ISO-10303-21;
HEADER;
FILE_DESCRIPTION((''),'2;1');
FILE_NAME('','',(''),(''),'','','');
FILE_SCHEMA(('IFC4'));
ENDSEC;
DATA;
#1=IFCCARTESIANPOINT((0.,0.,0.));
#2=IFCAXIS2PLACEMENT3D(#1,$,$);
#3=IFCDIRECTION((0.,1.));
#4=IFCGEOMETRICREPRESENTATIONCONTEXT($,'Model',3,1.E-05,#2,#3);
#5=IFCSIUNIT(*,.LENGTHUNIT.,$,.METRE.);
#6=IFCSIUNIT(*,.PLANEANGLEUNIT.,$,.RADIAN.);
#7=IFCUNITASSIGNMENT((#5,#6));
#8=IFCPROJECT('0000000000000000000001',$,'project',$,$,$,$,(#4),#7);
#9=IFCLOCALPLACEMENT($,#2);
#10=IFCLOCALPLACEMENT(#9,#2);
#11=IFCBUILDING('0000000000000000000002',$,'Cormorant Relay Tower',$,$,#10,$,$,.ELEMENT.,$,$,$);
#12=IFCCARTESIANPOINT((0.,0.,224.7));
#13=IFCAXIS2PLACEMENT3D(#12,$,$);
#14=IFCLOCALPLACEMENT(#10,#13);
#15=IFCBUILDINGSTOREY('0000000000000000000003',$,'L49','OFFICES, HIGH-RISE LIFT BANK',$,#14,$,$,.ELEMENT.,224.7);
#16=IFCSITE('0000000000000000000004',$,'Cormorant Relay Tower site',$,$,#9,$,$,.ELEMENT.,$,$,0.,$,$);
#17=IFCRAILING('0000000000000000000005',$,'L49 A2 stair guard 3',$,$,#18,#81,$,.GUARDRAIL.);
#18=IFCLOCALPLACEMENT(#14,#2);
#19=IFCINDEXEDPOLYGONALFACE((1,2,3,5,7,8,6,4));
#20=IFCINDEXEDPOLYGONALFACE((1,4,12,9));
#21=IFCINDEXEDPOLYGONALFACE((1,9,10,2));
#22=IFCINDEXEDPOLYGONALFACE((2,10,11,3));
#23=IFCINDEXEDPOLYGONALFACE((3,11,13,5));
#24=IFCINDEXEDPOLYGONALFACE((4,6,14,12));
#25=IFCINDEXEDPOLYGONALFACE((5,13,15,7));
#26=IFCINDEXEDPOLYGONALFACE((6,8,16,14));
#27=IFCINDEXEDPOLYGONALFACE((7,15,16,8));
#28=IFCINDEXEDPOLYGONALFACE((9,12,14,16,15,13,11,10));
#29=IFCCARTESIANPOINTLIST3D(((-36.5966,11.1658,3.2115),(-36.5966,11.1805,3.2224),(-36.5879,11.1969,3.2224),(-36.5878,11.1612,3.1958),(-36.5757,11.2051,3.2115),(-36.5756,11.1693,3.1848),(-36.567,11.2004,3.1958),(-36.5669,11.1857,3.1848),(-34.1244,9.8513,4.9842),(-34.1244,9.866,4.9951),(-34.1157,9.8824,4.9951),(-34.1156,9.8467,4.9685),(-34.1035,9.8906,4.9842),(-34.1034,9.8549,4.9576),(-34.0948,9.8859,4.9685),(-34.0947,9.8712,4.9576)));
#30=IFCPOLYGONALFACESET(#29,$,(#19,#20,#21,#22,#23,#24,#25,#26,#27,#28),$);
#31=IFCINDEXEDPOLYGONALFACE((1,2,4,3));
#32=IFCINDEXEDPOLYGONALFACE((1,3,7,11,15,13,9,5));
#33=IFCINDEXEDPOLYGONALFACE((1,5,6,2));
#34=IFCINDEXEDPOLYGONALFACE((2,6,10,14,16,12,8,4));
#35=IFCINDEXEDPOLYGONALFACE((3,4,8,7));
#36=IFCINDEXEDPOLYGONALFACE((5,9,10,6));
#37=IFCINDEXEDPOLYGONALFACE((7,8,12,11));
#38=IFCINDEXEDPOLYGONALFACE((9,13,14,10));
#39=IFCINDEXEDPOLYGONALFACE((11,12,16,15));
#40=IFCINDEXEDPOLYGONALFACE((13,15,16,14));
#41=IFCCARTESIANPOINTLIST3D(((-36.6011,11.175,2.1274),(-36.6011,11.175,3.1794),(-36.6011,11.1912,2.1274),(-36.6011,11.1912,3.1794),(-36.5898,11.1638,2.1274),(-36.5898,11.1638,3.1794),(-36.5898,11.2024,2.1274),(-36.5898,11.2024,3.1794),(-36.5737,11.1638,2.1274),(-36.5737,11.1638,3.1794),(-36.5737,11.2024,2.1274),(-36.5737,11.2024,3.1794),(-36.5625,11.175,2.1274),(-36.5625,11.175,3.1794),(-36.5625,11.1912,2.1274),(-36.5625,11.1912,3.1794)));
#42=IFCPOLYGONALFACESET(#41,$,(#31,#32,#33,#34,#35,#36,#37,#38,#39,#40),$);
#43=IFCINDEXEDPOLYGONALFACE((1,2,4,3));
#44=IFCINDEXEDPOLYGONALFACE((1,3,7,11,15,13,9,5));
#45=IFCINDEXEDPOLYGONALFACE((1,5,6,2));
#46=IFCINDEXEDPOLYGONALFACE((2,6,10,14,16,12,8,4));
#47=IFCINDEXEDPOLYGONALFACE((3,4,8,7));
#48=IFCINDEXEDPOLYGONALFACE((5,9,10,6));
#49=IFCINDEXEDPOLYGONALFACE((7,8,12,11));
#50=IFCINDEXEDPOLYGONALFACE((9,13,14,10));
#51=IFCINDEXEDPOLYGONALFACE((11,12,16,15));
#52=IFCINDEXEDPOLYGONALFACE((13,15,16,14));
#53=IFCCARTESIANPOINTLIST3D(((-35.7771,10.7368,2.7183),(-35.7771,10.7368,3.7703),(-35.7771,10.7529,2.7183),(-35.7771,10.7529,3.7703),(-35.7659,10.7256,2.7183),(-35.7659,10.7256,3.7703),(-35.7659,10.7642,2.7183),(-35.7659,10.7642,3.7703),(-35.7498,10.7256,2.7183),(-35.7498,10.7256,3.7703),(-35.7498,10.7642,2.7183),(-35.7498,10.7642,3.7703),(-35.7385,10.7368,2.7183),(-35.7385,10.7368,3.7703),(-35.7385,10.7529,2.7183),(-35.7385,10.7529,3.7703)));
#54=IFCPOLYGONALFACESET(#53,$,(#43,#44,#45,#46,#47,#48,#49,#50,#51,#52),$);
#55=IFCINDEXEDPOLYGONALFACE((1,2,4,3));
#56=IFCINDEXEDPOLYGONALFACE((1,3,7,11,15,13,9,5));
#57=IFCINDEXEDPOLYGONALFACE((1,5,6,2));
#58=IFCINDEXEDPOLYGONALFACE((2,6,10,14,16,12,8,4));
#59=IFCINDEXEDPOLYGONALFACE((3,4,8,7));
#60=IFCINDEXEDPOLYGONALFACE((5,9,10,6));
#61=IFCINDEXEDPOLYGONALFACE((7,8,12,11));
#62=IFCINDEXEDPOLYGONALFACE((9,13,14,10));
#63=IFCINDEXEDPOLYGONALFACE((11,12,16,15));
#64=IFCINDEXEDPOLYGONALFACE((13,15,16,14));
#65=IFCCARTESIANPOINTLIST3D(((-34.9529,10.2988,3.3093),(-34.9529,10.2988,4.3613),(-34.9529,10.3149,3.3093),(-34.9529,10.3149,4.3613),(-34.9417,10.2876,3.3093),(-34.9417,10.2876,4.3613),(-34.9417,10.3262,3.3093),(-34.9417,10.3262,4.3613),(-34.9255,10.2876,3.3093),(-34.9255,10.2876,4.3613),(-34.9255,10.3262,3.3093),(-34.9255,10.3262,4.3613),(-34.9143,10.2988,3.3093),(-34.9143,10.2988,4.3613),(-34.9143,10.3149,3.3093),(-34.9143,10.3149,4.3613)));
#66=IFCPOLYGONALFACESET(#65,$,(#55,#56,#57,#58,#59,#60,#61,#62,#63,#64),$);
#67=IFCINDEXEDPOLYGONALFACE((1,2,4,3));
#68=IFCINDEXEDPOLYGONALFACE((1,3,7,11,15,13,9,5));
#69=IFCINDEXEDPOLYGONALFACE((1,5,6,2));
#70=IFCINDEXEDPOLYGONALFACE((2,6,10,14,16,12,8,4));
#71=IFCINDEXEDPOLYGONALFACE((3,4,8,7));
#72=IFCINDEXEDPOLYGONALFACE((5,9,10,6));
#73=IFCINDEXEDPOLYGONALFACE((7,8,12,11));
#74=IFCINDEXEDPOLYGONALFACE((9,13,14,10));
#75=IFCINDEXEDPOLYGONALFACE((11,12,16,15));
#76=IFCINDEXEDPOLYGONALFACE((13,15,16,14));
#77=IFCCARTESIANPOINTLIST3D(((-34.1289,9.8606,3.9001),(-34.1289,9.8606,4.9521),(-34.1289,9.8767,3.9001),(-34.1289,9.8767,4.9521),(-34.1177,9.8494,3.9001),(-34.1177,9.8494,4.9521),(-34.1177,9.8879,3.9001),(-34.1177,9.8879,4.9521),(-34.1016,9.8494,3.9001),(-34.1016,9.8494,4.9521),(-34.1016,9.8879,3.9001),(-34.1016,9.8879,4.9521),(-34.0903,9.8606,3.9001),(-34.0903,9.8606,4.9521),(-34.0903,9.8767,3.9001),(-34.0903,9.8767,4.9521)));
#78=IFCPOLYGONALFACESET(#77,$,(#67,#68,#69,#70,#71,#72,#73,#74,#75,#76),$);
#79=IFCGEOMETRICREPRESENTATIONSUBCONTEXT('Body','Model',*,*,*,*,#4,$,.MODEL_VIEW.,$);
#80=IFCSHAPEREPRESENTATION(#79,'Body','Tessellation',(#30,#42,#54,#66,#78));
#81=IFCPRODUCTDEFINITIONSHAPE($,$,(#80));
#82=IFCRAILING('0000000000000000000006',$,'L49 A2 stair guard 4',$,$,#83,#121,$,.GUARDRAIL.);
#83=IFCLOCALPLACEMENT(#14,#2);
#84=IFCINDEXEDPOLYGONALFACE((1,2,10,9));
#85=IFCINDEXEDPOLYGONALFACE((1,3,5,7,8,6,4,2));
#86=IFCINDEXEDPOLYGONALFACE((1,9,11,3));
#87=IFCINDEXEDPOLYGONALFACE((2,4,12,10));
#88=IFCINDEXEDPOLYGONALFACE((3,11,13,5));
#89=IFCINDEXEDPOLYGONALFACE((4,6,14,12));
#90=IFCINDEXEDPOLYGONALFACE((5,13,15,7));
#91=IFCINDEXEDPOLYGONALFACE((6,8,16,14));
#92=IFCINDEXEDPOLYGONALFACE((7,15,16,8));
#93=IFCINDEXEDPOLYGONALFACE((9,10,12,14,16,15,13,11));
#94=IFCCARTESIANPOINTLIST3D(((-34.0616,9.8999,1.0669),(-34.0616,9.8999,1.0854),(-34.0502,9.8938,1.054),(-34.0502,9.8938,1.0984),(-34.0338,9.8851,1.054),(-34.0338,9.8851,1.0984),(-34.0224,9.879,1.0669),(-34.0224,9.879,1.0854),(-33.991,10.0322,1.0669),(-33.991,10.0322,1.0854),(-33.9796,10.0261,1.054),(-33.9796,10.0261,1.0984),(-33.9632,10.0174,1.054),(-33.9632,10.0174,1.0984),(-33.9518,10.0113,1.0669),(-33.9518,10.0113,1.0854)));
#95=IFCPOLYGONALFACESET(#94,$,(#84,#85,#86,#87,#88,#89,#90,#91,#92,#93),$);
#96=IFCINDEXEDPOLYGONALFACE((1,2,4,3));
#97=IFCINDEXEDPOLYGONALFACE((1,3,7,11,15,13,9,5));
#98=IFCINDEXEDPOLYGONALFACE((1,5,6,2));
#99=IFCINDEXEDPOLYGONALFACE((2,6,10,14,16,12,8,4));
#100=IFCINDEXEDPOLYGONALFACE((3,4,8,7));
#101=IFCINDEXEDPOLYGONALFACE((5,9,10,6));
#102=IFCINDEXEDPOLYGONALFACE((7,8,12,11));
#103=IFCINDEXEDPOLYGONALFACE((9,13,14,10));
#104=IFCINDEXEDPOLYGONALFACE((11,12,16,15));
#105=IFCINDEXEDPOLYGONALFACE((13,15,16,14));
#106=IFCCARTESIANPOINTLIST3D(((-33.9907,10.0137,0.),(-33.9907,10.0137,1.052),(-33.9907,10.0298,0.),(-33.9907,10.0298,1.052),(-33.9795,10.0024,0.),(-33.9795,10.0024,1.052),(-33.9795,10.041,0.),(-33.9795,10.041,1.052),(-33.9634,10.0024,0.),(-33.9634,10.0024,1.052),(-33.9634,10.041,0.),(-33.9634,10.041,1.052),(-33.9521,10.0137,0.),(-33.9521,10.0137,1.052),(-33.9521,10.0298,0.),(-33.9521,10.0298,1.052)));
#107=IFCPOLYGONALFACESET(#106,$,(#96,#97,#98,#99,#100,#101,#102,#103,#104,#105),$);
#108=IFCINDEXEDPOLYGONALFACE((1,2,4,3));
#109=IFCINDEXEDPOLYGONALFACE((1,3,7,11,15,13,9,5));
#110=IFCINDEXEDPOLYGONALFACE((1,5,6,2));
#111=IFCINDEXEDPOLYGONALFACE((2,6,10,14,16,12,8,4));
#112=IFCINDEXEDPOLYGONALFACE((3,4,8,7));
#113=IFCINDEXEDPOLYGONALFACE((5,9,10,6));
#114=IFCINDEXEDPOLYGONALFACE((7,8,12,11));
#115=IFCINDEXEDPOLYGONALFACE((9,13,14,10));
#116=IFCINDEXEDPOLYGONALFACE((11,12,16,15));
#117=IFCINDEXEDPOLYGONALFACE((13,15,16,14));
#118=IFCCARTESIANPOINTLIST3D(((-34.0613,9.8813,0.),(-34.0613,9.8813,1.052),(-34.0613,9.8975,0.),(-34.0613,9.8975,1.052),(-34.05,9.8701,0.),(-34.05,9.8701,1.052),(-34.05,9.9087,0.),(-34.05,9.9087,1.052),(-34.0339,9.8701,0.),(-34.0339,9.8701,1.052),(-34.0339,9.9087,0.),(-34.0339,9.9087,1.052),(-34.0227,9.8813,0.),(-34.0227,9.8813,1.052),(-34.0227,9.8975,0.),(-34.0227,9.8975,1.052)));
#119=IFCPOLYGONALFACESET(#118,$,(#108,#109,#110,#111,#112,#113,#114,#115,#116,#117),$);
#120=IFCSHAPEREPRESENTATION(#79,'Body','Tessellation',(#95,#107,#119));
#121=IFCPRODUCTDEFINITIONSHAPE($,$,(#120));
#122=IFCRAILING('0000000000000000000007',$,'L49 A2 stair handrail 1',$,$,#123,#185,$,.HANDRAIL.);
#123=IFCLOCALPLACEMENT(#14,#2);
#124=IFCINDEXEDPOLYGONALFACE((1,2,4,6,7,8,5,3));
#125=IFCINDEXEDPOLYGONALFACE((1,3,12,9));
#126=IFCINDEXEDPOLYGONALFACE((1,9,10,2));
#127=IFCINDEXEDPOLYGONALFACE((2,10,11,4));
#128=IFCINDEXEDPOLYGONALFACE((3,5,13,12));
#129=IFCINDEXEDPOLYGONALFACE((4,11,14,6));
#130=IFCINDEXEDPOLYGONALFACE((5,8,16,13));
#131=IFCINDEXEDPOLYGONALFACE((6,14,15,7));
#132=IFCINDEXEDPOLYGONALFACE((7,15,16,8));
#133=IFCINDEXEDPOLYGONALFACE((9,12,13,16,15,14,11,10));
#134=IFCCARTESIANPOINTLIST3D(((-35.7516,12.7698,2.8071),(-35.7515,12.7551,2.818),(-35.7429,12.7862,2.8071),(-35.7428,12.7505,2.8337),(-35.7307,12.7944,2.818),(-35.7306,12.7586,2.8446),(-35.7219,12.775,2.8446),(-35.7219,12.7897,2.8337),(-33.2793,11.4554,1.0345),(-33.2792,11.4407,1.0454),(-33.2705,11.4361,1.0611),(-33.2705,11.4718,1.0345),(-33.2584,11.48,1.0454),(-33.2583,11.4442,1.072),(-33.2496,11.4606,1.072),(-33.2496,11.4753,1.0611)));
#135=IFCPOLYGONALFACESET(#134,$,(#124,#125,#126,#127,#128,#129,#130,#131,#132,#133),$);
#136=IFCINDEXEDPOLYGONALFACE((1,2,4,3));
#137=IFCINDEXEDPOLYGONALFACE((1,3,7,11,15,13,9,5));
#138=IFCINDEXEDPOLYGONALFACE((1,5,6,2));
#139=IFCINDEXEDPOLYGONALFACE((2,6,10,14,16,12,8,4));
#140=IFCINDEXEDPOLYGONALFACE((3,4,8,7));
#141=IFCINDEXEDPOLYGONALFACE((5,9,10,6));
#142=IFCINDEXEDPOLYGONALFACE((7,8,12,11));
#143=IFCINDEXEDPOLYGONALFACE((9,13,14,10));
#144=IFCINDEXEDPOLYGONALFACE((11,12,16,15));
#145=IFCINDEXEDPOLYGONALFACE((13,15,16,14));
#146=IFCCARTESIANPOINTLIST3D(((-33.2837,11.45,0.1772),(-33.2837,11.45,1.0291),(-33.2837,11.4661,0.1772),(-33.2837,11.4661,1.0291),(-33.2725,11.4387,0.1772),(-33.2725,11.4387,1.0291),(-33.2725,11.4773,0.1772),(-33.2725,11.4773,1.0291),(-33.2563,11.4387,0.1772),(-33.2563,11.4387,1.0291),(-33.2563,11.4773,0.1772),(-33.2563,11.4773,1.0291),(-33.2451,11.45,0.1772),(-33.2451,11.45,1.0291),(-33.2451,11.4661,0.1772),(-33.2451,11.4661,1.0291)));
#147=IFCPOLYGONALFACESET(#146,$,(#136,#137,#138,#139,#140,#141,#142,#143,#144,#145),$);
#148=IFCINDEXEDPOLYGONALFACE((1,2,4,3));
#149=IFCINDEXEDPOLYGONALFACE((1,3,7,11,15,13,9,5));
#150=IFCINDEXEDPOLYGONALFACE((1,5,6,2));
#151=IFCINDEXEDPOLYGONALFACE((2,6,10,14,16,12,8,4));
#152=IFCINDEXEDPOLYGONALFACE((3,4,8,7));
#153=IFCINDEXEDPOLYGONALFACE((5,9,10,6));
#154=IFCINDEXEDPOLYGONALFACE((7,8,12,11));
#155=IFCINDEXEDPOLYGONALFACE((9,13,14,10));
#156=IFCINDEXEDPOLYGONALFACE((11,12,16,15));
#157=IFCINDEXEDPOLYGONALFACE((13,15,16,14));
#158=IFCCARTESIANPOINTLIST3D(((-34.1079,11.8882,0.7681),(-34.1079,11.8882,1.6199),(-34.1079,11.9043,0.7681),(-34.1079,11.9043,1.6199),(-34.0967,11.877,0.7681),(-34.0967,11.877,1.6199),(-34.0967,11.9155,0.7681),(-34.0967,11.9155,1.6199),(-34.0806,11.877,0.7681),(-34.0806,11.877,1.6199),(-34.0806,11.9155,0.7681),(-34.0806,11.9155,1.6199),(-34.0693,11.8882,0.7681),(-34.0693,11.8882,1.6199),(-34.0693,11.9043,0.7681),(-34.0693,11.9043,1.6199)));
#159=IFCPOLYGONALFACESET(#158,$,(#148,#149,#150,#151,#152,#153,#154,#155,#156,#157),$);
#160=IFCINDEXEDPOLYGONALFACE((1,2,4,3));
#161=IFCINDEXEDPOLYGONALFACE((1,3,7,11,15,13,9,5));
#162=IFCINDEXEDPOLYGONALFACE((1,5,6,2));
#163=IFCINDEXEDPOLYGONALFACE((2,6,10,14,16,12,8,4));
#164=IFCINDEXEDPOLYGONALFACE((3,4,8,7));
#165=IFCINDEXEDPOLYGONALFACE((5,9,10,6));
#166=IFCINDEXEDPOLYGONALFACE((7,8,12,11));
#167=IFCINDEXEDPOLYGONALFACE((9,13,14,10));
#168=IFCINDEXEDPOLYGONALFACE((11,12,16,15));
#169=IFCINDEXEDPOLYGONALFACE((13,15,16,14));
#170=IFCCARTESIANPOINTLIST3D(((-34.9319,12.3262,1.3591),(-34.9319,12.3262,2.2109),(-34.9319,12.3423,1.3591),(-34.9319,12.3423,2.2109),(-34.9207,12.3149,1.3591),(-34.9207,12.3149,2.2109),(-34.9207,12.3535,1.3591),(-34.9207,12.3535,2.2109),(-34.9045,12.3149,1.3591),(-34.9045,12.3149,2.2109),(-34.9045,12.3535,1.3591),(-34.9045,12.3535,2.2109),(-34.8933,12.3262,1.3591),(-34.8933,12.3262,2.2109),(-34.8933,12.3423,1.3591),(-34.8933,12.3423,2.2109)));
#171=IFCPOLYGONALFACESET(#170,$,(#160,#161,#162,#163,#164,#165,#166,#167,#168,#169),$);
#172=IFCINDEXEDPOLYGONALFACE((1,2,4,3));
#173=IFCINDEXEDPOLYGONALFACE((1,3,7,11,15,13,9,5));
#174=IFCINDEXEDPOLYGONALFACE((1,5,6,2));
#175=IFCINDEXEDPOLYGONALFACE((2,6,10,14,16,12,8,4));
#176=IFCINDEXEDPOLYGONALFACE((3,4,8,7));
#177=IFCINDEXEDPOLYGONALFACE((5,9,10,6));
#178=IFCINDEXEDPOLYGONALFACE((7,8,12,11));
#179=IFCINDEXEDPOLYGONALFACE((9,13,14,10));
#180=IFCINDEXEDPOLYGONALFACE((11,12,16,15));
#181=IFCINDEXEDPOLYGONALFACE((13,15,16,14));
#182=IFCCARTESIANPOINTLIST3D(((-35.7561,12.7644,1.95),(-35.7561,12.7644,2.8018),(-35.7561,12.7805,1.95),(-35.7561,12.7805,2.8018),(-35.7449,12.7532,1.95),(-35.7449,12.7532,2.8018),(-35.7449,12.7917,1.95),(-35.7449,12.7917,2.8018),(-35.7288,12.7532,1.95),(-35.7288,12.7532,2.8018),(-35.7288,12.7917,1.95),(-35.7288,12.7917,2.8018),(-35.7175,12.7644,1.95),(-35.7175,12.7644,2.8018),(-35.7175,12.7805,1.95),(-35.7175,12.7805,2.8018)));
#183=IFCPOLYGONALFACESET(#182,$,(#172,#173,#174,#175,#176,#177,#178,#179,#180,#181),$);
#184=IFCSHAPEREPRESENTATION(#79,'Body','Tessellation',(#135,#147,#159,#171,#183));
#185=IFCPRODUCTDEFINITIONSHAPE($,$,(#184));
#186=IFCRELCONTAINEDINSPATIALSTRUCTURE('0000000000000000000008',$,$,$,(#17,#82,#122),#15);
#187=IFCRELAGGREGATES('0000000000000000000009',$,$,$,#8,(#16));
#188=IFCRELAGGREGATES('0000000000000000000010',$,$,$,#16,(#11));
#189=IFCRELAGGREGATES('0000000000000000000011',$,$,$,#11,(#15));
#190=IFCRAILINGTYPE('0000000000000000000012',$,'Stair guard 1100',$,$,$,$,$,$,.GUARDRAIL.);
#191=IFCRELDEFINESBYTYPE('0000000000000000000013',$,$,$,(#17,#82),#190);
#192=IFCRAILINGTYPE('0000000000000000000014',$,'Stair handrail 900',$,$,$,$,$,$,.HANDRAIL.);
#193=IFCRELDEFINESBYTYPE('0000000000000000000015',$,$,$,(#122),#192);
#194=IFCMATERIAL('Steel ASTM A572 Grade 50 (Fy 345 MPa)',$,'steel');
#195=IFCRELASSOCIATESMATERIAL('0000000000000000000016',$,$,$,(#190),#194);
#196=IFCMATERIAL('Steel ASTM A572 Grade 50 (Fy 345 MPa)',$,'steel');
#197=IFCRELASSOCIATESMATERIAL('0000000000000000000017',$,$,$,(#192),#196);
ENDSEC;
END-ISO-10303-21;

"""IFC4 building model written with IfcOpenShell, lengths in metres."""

from ifc_helpers import new_model, si_unit, direction, frame, origin, place, context, subcontext, project, spatial, polyline, outline, extrude, material, type_object, element, save


model = new_model("IFC4")

# Units and contexts
model_context = context("Model", 3, precision=1e-05, world=origin(), true_north=direction((0.0, 1.0)))
body_context = subcontext(model_context, "Body", "Model", "MODEL_VIEW")
ifc_project = project(units=[si_unit("LENGTHUNIT", "METRE"), si_unit("PLANEANGLEUNIT", "RADIAN")], contexts=[model_context])

# Site, building, storey
site_placement = place(None, origin())
site = spatial("IfcSite", under=ifc_project, at=site_placement, Name="Cormorant Relay Tower site", CompositionType="ELEMENT", RefElevation=0.0)
building_placement = place(site_placement, origin())
building = spatial("IfcBuilding", under=site, at=building_placement, Name="Cormorant Relay Tower", CompositionType="ELEMENT")
storey_placement = place(building_placement, frame((0.0, 0.0, 224.7)))
storey = spatial("IfcBuildingStorey", under=building, at=storey_placement, Name="L49", Description="OFFICES, HIGH-RISE LIFT BANK", CompositionType="ELEMENT", Elevation=224.7)

# Railings
ifc_material_1 = material(Name="Steel ASTM A572 Grade 50 (Fy 345 MPa)", Category="steel")
railing_type_1 = type_object("IfcRailingType", Name="Stair guard 1100", PredefinedType="GUARDRAIL", material=ifc_material_1)
railing_1_placement = place(storey_placement, frame((-36.5818, 11.1831, 2.1274)))
element("IfcRailing", 1, at=railing_1_placement, inside=storey, type_object=railing_type_1, Name="L49 A2 stair guard 3", PredefinedType="GUARDRAIL", context=body_context, shape_type="SweptSolid", body=[
    extrude(outline(polyline([(0.0222, 0.0093), (0.0093, 0.0222), (-0.0093, 0.0222), (-0.0222, 0.0093), (-0.0222, -0.0093), (-0.0093, -0.0222), (0.0093, -0.0222), (0.0222, -0.0093), (0.0222, 0.0093)])), frame((0.0, 0.0, 1.0762), z_axis=(0.746001, -0.396649, 0.534931), x_axis=(0.469465, 0.882951, 0.0)), (0.0, 0.0, 1.0), 3.314),
    extrude(outline(polyline([(0.0193, 0.0081), (0.0081, 0.0193), (-0.0081, 0.0193), (-0.0193, 0.0081), (-0.0193, -0.0081), (-0.0081, -0.0193), (0.0081, -0.0193), (0.0193, -0.0081), (0.0193, 0.0081)])), origin(), (0.0, 0.0, 1.0), 1.052),
    extrude(outline(polyline([(0.0193, 0.0081), (0.0081, 0.0193), (-0.0081, 0.0193), (-0.0193, 0.0081), (-0.0193, -0.0081), (-0.0081, -0.0193), (0.0081, -0.0193), (0.0193, -0.0081), (0.0193, 0.0081)])), frame((0.824, -0.4382, 0.5908)), (0.0, 0.0, 1.0), 1.052),
    extrude(outline(polyline([(0.0193, 0.0081), (0.0081, 0.0193), (-0.0081, 0.0193), (-0.0193, 0.0081), (-0.0193, -0.0081), (-0.0081, -0.0193), (0.0081, -0.0193), (0.0193, -0.0081), (0.0193, 0.0081)])), frame((1.6482, -0.8762, 1.1819)), (0.0, 0.0, 1.0), 1.052),
    extrude(outline(polyline([(0.0193, 0.0081), (0.0081, 0.0193), (-0.0081, 0.0193), (-0.0193, 0.0081), (-0.0193, -0.0081), (-0.0081, -0.0193), (0.0081, -0.0193), (0.0193, -0.0081), (0.0193, 0.0081)])), frame((2.4722, -1.3145, 1.7727)), (0.0, 0.0, 1.0), 1.052),
])
railing_2_placement = place(storey_placement, frame((-33.9714, 10.0217, 0.0)))
element("IfcRailing", 2, at=railing_2_placement, inside=storey, type_object=railing_type_1, Name="L49 A2 stair guard 4", PredefinedType="GUARDRAIL", context=body_context, shape_type="SweptSolid", body=[
    extrude(outline(polyline([(0.0222, 0.0093), (0.0093, 0.0222), (-0.0093, 0.0222), (-0.0222, 0.0093), (-0.0222, -0.0093), (-0.0093, -0.0222), (0.0093, -0.0222), (0.0222, -0.0093), (0.0222, 0.0093)])), frame((0.0, 0.0, 1.0762), z_axis=(-0.470504, -0.882398, 0.0), x_axis=(0.882398, -0.470504, 0.0)), (0.0, 0.0, 1.0), 0.1499),
    extrude(outline(polyline([(0.0193, 0.0081), (0.0081, 0.0193), (-0.0081, 0.0193), (-0.0193, 0.0081), (-0.0193, -0.0081), (-0.0081, -0.0193), (0.0081, -0.0193), (0.0193, -0.0081), (0.0193, 0.0081)])), origin(), (0.0, 0.0, 1.0), 1.052),
    extrude(outline(polyline([(0.0193, 0.0081), (0.0081, 0.0193), (-0.0081, 0.0193), (-0.0193, 0.0081), (-0.0193, -0.0081), (-0.0081, -0.0193), (0.0081, -0.0193), (0.0193, -0.0081), (0.0193, 0.0081)])), frame((-0.0706, -0.1323, 0.0)), (0.0, 0.0, 1.0), 1.052),
])
ifc_material_2 = material(Name="Steel ASTM A572 Grade 50 (Fy 345 MPa)", Category="steel")
railing_type_2 = type_object("IfcRailingType", Name="Stair handrail 900", PredefinedType="HANDRAIL", material=ifc_material_2)
railing_3_placement = place(storey_placement, frame((-33.2644, 11.458, 0.1772)))
element("IfcRailing", 3, at=railing_3_placement, inside=storey, type_object=railing_type_2, Name="L49 A2 stair handrail 1", PredefinedType="HANDRAIL", context=body_context, shape_type="SweptSolid", body=[
    extrude(outline(polyline([(0.0222, 0.0093), (0.0093, 0.0222), (-0.0093, 0.0222), (-0.0222, 0.0093), (-0.0222, -0.0093), (-0.0093, -0.0222), (0.0093, -0.0222), (0.0222, -0.0093), (0.0222, 0.0093)])), frame((0.0, 0.0, 0.876), z_axis=(-0.746034, 0.396627, 0.534902), x_axis=(-0.469429, -0.88297, 0.0)), (0.0, 0.0, 1.0), 3.314),
    extrude(outline(polyline([(0.0193, 0.0081), (0.0081, 0.0193), (-0.0081, 0.0193), (-0.0193, 0.0081), (-0.0193, -0.0081), (-0.0081, -0.0193), (0.0081, -0.0193), (0.0193, -0.0081), (0.0193, 0.0081)])), origin(), (0.0, 0.0, 1.0), 0.8518),
    extrude(outline(polyline([(0.0193, 0.0081), (0.0081, 0.0193), (-0.0081, 0.0193), (-0.0193, 0.0081), (-0.0193, -0.0081), (-0.0081, -0.0193), (0.0081, -0.0193), (0.0193, -0.0081), (0.0193, 0.0081)])), frame((-0.8242, 0.4382, 0.5908)), (0.0, 0.0, 1.0), 0.8518),
    extrude(outline(polyline([(0.0193, 0.0081), (0.0081, 0.0193), (-0.0081, 0.0193), (-0.0193, 0.0081), (-0.0193, -0.0081), (-0.0081, -0.0193), (0.0081, -0.0193), (0.0193, -0.0081), (0.0193, 0.0081)])), frame((-1.6482, 0.8762, 1.1819)), (0.0, 0.0, 1.0), 0.8518),
    extrude(outline(polyline([(0.0193, 0.0081), (0.0081, 0.0193), (-0.0081, 0.0193), (-0.0193, 0.0081), (-0.0193, -0.0081), (-0.0081, -0.0193), (0.0081, -0.0193), (0.0193, -0.0081), (0.0193, 0.0081)])), frame((-2.4724, 1.3145, 1.7727)), (0.0, 0.0, 1.0), 0.8518),
])

save(model, "model.ifc")
